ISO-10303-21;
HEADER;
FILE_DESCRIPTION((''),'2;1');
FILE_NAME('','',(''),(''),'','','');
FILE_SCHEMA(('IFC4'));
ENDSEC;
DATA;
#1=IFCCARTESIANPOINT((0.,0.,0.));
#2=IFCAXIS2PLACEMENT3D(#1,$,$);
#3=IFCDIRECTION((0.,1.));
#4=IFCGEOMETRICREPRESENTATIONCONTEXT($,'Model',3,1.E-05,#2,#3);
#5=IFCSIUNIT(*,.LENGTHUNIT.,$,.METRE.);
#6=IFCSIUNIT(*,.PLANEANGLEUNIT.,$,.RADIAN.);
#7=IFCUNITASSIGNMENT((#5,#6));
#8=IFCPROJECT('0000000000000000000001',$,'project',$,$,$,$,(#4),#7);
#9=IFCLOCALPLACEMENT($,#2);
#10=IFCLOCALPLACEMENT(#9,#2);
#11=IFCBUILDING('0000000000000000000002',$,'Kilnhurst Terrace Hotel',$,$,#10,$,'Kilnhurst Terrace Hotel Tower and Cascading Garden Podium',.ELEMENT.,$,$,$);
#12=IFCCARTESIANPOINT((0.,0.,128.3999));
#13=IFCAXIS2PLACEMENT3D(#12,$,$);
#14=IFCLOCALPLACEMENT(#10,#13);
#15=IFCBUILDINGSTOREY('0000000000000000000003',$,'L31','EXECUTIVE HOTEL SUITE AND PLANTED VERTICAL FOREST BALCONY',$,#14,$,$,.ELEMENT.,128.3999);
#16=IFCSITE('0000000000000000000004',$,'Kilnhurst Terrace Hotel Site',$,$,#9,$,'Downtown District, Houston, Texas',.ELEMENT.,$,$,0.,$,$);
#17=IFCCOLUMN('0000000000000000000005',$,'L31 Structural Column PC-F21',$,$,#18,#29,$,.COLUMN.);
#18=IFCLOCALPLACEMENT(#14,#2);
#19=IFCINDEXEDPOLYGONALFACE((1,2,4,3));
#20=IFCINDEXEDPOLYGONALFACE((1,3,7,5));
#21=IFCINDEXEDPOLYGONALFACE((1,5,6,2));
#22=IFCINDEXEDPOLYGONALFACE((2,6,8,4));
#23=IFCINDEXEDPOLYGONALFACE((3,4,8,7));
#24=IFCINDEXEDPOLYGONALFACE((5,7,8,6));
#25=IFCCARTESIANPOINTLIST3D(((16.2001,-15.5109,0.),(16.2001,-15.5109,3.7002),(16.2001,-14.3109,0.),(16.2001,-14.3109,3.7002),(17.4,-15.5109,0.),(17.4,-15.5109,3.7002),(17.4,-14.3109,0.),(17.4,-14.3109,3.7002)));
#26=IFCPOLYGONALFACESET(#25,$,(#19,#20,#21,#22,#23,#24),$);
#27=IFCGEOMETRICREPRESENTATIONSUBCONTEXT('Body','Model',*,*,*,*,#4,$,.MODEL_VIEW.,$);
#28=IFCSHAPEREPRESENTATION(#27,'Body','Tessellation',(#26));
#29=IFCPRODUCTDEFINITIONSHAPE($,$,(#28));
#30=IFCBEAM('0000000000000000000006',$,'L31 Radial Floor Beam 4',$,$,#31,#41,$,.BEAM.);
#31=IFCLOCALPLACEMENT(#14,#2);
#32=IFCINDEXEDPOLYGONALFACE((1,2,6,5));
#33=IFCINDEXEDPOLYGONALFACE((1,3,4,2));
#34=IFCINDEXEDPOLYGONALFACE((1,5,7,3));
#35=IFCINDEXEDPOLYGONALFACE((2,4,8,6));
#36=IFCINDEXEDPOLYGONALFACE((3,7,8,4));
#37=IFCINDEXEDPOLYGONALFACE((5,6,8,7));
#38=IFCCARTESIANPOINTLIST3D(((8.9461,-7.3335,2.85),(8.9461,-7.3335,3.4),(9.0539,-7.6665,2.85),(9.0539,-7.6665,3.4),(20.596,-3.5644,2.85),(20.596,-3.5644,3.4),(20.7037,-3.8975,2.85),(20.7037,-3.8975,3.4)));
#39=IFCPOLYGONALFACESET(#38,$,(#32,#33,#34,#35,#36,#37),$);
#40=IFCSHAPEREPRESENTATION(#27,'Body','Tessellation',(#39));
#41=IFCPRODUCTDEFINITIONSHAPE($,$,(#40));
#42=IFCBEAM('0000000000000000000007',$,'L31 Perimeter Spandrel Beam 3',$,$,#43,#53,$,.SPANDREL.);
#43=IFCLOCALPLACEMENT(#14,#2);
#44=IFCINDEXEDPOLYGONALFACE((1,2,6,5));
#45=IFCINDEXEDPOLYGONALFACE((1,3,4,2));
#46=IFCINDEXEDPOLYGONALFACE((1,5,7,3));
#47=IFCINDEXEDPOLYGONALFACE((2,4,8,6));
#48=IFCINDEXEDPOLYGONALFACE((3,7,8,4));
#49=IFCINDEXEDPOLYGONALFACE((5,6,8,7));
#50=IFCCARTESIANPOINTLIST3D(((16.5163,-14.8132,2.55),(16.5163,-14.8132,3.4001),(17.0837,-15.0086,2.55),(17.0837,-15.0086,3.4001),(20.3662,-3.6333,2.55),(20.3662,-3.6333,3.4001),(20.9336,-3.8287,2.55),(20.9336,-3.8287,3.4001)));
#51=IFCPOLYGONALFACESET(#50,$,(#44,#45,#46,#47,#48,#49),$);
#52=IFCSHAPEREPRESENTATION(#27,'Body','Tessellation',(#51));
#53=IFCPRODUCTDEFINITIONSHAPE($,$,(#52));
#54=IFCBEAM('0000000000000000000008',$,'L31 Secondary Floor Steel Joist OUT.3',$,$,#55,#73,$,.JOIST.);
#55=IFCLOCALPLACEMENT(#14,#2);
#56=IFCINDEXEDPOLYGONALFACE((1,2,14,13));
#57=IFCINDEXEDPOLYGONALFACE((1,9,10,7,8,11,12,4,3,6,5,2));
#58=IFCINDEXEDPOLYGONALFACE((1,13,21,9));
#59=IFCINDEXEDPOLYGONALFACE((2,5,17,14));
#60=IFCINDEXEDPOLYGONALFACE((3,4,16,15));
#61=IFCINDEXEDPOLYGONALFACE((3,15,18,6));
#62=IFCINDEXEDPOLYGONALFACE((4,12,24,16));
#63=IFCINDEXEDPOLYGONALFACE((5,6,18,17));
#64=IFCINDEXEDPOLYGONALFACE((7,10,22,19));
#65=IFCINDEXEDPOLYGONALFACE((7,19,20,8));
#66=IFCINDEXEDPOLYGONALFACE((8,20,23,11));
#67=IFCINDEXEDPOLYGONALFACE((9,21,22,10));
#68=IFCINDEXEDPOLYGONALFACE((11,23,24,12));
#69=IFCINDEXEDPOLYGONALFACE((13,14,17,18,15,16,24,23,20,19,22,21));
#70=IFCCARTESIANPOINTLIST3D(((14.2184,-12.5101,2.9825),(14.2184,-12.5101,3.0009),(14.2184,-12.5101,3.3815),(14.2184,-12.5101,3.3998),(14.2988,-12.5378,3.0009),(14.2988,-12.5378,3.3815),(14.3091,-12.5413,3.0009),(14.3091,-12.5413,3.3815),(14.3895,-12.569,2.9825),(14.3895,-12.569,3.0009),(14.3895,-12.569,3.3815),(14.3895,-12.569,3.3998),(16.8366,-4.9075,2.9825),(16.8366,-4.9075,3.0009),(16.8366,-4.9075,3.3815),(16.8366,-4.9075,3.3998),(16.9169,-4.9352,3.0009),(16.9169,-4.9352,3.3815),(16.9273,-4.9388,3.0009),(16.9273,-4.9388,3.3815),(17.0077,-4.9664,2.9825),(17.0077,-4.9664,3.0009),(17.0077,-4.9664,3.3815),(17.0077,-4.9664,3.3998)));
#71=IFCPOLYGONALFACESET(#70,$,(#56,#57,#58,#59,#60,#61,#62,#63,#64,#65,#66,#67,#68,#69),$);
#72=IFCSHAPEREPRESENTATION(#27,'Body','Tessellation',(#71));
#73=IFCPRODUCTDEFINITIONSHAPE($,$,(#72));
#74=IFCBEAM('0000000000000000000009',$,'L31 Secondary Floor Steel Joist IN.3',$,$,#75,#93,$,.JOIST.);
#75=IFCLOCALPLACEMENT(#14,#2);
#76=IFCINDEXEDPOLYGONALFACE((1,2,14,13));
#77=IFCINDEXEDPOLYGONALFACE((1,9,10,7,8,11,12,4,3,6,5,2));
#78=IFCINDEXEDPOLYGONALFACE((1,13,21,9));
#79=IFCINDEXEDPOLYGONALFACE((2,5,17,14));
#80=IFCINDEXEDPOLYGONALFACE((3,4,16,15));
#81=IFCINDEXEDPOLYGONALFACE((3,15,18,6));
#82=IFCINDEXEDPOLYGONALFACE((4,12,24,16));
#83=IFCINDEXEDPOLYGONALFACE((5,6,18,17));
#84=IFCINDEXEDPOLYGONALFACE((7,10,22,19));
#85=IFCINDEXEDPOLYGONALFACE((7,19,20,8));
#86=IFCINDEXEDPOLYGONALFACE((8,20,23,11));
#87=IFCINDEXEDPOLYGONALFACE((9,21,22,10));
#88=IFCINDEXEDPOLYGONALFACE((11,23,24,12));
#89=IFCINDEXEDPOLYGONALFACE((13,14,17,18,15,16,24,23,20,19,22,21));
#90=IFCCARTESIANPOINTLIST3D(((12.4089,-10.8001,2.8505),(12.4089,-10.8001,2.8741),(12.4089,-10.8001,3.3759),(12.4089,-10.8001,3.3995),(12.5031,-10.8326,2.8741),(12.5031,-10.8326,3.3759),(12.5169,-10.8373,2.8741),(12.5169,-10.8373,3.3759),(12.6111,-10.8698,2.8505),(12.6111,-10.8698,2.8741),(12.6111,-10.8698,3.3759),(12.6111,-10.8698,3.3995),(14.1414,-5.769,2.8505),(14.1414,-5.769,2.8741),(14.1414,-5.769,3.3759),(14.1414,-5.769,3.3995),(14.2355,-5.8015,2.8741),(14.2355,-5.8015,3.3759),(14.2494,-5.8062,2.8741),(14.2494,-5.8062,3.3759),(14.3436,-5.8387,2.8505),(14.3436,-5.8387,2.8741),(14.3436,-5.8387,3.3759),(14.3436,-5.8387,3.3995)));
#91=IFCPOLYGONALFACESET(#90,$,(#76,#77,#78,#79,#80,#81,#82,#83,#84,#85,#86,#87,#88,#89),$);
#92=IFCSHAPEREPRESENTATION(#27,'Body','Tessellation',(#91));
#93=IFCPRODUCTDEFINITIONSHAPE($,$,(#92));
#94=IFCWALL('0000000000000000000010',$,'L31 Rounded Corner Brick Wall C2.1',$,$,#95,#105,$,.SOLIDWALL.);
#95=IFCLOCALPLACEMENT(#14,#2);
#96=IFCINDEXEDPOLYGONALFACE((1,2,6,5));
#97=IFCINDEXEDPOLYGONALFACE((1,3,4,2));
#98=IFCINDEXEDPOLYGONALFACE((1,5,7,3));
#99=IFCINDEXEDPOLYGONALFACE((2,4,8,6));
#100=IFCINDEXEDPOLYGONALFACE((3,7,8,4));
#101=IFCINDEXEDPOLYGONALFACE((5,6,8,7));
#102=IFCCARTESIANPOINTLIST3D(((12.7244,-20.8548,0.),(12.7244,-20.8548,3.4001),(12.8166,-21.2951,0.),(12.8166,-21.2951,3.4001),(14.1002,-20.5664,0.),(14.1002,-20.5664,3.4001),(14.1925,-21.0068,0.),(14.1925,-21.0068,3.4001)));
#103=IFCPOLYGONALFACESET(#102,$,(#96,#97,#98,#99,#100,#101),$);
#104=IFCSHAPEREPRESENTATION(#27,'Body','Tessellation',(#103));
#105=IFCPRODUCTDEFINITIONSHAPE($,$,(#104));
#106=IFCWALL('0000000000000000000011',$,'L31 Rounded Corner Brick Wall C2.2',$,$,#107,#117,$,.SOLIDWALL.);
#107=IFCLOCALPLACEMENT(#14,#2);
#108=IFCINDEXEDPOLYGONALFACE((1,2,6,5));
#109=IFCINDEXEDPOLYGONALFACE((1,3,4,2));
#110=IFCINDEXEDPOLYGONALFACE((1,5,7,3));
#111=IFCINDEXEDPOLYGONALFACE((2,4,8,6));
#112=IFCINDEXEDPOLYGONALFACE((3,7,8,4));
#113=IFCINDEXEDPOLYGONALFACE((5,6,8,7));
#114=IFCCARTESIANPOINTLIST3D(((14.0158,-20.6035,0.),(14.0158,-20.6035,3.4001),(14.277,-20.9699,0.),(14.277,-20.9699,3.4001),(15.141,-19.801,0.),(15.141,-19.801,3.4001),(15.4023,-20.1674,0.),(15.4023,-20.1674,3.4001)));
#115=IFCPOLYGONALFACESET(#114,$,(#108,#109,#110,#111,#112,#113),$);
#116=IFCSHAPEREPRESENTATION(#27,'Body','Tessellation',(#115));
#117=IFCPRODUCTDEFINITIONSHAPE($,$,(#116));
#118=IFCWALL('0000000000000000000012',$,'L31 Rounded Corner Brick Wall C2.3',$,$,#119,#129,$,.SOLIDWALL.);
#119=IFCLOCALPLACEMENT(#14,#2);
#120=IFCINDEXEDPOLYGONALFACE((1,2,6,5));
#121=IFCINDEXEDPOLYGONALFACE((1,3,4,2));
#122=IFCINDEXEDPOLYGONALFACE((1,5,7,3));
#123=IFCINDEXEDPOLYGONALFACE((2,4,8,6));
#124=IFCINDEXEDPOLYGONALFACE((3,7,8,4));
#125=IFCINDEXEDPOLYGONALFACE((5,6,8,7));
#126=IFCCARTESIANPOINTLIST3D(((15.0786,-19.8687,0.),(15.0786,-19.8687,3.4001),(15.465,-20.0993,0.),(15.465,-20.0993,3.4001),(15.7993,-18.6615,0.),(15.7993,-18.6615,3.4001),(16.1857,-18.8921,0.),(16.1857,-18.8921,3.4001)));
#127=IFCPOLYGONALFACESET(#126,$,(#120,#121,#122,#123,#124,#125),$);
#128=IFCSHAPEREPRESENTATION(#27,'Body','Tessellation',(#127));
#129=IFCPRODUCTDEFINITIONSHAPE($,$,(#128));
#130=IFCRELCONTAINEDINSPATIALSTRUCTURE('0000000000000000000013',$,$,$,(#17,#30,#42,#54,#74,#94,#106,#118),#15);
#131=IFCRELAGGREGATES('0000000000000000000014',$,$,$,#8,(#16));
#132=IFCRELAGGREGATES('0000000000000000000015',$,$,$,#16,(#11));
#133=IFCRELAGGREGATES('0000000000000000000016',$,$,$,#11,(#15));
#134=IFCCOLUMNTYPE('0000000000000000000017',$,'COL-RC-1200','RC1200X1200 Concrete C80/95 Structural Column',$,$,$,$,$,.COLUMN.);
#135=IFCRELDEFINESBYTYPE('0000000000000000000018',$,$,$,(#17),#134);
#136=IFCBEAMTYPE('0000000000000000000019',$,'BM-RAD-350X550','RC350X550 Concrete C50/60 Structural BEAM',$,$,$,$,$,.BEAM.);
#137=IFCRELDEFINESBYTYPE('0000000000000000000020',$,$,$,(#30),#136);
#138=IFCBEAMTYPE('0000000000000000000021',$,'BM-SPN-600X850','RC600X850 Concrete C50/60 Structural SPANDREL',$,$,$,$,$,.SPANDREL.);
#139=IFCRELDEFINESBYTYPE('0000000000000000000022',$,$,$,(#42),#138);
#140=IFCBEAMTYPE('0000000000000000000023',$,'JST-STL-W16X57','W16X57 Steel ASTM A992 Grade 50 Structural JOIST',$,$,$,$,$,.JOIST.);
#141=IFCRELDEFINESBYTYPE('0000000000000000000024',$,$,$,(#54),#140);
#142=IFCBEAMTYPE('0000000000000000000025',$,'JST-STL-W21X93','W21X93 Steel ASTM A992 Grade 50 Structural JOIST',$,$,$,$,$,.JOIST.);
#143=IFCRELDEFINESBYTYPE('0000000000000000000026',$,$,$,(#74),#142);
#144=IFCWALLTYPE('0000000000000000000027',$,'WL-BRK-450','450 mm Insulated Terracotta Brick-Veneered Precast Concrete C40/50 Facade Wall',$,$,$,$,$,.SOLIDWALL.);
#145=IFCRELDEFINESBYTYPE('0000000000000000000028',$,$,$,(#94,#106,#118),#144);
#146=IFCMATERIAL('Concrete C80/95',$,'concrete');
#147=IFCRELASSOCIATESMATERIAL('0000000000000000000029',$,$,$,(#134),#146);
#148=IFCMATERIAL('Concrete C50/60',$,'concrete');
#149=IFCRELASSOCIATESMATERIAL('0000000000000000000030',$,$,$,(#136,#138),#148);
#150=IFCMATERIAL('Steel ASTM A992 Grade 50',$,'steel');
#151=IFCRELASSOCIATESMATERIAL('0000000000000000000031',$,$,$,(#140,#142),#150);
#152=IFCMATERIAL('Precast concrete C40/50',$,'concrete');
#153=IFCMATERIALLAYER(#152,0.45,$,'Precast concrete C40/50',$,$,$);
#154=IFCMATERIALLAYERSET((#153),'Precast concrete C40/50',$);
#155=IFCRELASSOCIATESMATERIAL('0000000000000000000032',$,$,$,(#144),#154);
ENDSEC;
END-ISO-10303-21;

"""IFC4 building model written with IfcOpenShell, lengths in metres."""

from ifc_helpers import new_model, si_unit, direction, frame, frame_2d, origin, origin_2d, place, context, subcontext, project, spatial, rectangle, i_section, extrude, material, layer, layer_set, material_profile, profile_set, type_object, element, save


model = new_model("IFC4")

# Units and contexts
model_context = context("Model", 3, precision=1e-05, world=origin(), true_north=direction((0.0, 1.0)))
body_context = subcontext(model_context, "Body", "Model", "MODEL_VIEW")
ifc_project = project(units=[si_unit("LENGTHUNIT", "METRE"), si_unit("PLANEANGLEUNIT", "RADIAN")], contexts=[model_context])

# Site, building, storey
site_placement = place(None, origin())
site = spatial("IfcSite", under=ifc_project, at=site_placement, Name="Kilnhurst Terrace Hotel Site", LongName="Downtown District, Houston, Texas", CompositionType="ELEMENT", RefElevation=0.0)
building_placement = place(site_placement, origin())
building = spatial("IfcBuilding", under=site, at=building_placement, Name="Kilnhurst Terrace Hotel", LongName="Kilnhurst Terrace Hotel Tower and Cascading Garden Podium", CompositionType="ELEMENT")
storey_placement = place(building_placement, frame((0.0, 0.0, 128.3999)))
storey = spatial("IfcBuildingStorey", under=building, at=storey_placement, Name="L31", Description="EXECUTIVE HOTEL SUITE AND PLANTED VERTICAL FOREST BALCONY", CompositionType="ELEMENT", Elevation=128.3999)

# Column
ifc_material_1 = material(Name="Concrete C80/95", Category="concrete")
ifc_material_profile_1 = material_profile(ifc_material_1, rectangle(XDim=1.2, YDim=1.2, at=origin_2d()), Name="RC1200X1200")
ifc_profile_set_1 = profile_set([ifc_material_profile_1], Name="Concrete C80/95")
column_type = type_object("IfcColumnType", Name="COL-RC-1200", Description="RC1200X1200 Concrete C80/95 Structural Column", PredefinedType="COLUMN", material=ifc_profile_set_1)
column_placement = place(storey_placement, frame((16.8, -14.9109, 0.0), z_axis=(0.0, 0.0, 1.0), x_axis=(1.0, 0.0, 0.0)))
element("IfcColumn", 1, at=column_placement, inside=storey, type_object=column_type, Name="L31 Structural Column PC-F21", PredefinedType="COLUMN", context=body_context, shape_type="SweptSolid", body=[
    extrude(rectangle(XDim=1.2, YDim=1.2, at=origin_2d()), origin(), (0.0, 0.0, 1.0), 3.7002),
])

# Beams
ifc_material_2 = material(Name="Concrete C50/60", Category="concrete")
ifc_material_profile_2 = material_profile(ifc_material_2, rectangle(XDim=0.3501, YDim=0.55, at=origin_2d()), Name="RC350X550")
ifc_profile_set_2 = profile_set([ifc_material_profile_2], Name="Concrete C50/60")
beam_type_1 = type_object("IfcBeamType", Name="BM-RAD-350X550", Description="RC350X550 Concrete C50/60 Structural BEAM", PredefinedType="BEAM", material=ifc_profile_set_2)
beam_1_placement = place(storey_placement, frame((9.0, -7.5, 3.125), z_axis=(0.951446, 0.307817, 0.0), x_axis=(-0.307817, 0.951446, 0.0)))
element("IfcBeam", 2, at=beam_1_placement, inside=storey, type_object=beam_type_1, Name="L31 Radial Floor Beam 4", PredefinedType="BEAM", context=body_context, shape_type="SweptSolid", body=[
    extrude(rectangle(XDim=0.3501, YDim=0.55, at=origin_2d()), origin(), (0.0, 0.0, 1.0), 12.2444),
])
ifc_material_profile_3 = material_profile(ifc_material_2, rectangle(XDim=0.6001, YDim=0.8501, at=origin_2d()), Name="RC600X850")
ifc_profile_set_3 = profile_set([ifc_material_profile_3], Name="Concrete C50/60")
beam_type_2 = type_object("IfcBeamType", Name="BM-SPN-600X850", Description="RC600X850 Concrete C50/60 Structural SPANDREL", PredefinedType="SPANDREL", material=ifc_profile_set_3)
beam_2_placement = place(storey_placement, frame((16.8, -14.9109, 2.9751), z_axis=(0.32559, 0.945511, 0.0), x_axis=(-0.945511, 0.32559, 0.0)))
element("IfcBeam", 3, at=beam_2_placement, inside=storey, type_object=beam_type_2, Name="L31 Perimeter Spandrel Beam 3", PredefinedType="SPANDREL", context=body_context, shape_type="SweptSolid", body=[
    extrude(rectangle(XDim=0.6001, YDim=0.8501, at=origin_2d()), origin(), (0.0, 0.0, 1.0), 11.8242),
])
ifc_material_3 = material(Name="Steel ASTM A992 Grade 50", Category="steel")
ifc_material_profile_4 = material_profile(ifc_material_3, i_section(OverallWidth=0.1809, OverallDepth=0.4172, WebThickness=0.011, FlangeThickness=0.0183, at=origin_2d()), Name="W16X57")
ifc_profile_set_4 = profile_set([ifc_material_profile_4], Name="Steel ASTM A992 Grade 50")
beam_type_3 = type_object("IfcBeamType", Name="JST-STL-W16X57", Description="W16X57 Steel ASTM A992 Grade 50 Structural JOIST", PredefinedType="JOIST", material=ifc_profile_set_4)
beam_3_placement = place(storey_placement, frame((14.304, -12.5396, 3.1912), z_axis=(0.325613, 0.945503, 0.0), x_axis=(-0.945503, 0.325613, 0.0)))
element("IfcBeam", 4, at=beam_3_placement, inside=storey, type_object=beam_type_3, Name="L31 Secondary Floor Steel Joist OUT.3", PredefinedType="JOIST", context=body_context, shape_type="SweptSolid", body=[
    extrude(i_section(OverallWidth=0.1809, OverallDepth=0.4172, WebThickness=0.011, FlangeThickness=0.0183, at=origin_2d()), origin(), (0.0, 0.0, 1.0), 8.0408),
])
ifc_material_profile_5 = material_profile(ifc_material_3, i_section(OverallWidth=0.2139, OverallDepth=0.5491, WebThickness=0.0146, FlangeThickness=0.0237, at=origin_2d()), Name="W21X93")
ifc_profile_set_5 = profile_set([ifc_material_profile_5], Name="Steel ASTM A992 Grade 50")
beam_type_4 = type_object("IfcBeamType", Name="JST-STL-W21X93", Description="W21X93 Steel ASTM A992 Grade 50 Structural JOIST", PredefinedType="JOIST", material=ifc_profile_set_5)
beam_4_placement = place(storey_placement, frame((12.51, -10.835, 3.125), z_axis=(0.325586, 0.945512, 0.0), x_axis=(-0.945512, 0.325586, 0.0)))
element("IfcBeam", 5, at=beam_4_placement, inside=storey, type_object=beam_type_4, Name="L31 Secondary Floor Steel Joist IN.3", PredefinedType="JOIST", context=body_context, shape_type="SweptSolid", body=[
    extrude(i_section(OverallWidth=0.2139, OverallDepth=0.5491, WebThickness=0.0146, FlangeThickness=0.0237, at=origin_2d()), origin(), (0.0, 0.0, 1.0), 5.321),
])

# Walls
ifc_material_4 = material(Name="Precast concrete C40/50", Category="concrete")
ifc_layer_1 = layer(ifc_material_4, 0.45, Name="Precast concrete C40/50")
ifc_layer_set_1 = layer_set([ifc_layer_1], Name="Precast concrete C40/50")
wall_type_1 = type_object("IfcWallType", Name="WL-BRK-450", Description="450 mm Insulated Terracotta Brick-Veneered Precast Concrete C40/50 Facade Wall", PredefinedType="SOLIDWALL", material=ifc_layer_set_1)
wall_1_placement = place(storey_placement, frame((12.7705, -21.075, 0.0), z_axis=(0.0, 0.0, 1.0), x_axis=(0.978743, 0.205091, 0.0)))
element("IfcWall", 6, at=wall_1_placement, inside=storey, type_object=wall_type_1, Name="L31 Rounded Corner Brick Wall C2.1", PredefinedType="SOLIDWALL", context=body_context, shape_type="SweptSolid", body=[
    extrude(rectangle(XDim=1.4058, YDim=0.45, at=frame_2d((0.7029, 0.0))), origin(), (0.0, 0.0, 1.0), 3.4001),
])
wall_2_placement = place(storey_placement, frame((14.1465, -20.7866, 0.0), z_axis=(0.0, 0.0, 1.0), x_axis=(0.814163, 0.580636, 0.0)))
element("IfcWall", 7, at=wall_2_placement, inside=storey, type_object=wall_type_1, Name="L31 Rounded Corner Brick Wall C2.2", PredefinedType="SOLIDWALL", context=body_context, shape_type="SweptSolid", body=[
    extrude(rectangle(XDim=1.3821, YDim=0.45, at=frame_2d((0.6909, 0.0))), origin(), (0.0, 0.0, 1.0), 3.4001),
])
wall_3_placement = place(storey_placement, frame((15.2717, -19.9841, 0.0), z_axis=(0.0, 0.0, 1.0), x_axis=(0.512579, 0.85864, 0.0)))
element("IfcWall", 8, at=wall_3_placement, inside=storey, type_object=wall_type_1, Name="L31 Rounded Corner Brick Wall C2.3", PredefinedType="SOLIDWALL", context=body_context, shape_type="SweptSolid", body=[
    extrude(rectangle(XDim=1.406, YDim=0.45, at=frame_2d((0.7031, 0.0))), origin(), (0.0, 0.0, 1.0), 3.4001),
])

save(model, "model.ifc")
